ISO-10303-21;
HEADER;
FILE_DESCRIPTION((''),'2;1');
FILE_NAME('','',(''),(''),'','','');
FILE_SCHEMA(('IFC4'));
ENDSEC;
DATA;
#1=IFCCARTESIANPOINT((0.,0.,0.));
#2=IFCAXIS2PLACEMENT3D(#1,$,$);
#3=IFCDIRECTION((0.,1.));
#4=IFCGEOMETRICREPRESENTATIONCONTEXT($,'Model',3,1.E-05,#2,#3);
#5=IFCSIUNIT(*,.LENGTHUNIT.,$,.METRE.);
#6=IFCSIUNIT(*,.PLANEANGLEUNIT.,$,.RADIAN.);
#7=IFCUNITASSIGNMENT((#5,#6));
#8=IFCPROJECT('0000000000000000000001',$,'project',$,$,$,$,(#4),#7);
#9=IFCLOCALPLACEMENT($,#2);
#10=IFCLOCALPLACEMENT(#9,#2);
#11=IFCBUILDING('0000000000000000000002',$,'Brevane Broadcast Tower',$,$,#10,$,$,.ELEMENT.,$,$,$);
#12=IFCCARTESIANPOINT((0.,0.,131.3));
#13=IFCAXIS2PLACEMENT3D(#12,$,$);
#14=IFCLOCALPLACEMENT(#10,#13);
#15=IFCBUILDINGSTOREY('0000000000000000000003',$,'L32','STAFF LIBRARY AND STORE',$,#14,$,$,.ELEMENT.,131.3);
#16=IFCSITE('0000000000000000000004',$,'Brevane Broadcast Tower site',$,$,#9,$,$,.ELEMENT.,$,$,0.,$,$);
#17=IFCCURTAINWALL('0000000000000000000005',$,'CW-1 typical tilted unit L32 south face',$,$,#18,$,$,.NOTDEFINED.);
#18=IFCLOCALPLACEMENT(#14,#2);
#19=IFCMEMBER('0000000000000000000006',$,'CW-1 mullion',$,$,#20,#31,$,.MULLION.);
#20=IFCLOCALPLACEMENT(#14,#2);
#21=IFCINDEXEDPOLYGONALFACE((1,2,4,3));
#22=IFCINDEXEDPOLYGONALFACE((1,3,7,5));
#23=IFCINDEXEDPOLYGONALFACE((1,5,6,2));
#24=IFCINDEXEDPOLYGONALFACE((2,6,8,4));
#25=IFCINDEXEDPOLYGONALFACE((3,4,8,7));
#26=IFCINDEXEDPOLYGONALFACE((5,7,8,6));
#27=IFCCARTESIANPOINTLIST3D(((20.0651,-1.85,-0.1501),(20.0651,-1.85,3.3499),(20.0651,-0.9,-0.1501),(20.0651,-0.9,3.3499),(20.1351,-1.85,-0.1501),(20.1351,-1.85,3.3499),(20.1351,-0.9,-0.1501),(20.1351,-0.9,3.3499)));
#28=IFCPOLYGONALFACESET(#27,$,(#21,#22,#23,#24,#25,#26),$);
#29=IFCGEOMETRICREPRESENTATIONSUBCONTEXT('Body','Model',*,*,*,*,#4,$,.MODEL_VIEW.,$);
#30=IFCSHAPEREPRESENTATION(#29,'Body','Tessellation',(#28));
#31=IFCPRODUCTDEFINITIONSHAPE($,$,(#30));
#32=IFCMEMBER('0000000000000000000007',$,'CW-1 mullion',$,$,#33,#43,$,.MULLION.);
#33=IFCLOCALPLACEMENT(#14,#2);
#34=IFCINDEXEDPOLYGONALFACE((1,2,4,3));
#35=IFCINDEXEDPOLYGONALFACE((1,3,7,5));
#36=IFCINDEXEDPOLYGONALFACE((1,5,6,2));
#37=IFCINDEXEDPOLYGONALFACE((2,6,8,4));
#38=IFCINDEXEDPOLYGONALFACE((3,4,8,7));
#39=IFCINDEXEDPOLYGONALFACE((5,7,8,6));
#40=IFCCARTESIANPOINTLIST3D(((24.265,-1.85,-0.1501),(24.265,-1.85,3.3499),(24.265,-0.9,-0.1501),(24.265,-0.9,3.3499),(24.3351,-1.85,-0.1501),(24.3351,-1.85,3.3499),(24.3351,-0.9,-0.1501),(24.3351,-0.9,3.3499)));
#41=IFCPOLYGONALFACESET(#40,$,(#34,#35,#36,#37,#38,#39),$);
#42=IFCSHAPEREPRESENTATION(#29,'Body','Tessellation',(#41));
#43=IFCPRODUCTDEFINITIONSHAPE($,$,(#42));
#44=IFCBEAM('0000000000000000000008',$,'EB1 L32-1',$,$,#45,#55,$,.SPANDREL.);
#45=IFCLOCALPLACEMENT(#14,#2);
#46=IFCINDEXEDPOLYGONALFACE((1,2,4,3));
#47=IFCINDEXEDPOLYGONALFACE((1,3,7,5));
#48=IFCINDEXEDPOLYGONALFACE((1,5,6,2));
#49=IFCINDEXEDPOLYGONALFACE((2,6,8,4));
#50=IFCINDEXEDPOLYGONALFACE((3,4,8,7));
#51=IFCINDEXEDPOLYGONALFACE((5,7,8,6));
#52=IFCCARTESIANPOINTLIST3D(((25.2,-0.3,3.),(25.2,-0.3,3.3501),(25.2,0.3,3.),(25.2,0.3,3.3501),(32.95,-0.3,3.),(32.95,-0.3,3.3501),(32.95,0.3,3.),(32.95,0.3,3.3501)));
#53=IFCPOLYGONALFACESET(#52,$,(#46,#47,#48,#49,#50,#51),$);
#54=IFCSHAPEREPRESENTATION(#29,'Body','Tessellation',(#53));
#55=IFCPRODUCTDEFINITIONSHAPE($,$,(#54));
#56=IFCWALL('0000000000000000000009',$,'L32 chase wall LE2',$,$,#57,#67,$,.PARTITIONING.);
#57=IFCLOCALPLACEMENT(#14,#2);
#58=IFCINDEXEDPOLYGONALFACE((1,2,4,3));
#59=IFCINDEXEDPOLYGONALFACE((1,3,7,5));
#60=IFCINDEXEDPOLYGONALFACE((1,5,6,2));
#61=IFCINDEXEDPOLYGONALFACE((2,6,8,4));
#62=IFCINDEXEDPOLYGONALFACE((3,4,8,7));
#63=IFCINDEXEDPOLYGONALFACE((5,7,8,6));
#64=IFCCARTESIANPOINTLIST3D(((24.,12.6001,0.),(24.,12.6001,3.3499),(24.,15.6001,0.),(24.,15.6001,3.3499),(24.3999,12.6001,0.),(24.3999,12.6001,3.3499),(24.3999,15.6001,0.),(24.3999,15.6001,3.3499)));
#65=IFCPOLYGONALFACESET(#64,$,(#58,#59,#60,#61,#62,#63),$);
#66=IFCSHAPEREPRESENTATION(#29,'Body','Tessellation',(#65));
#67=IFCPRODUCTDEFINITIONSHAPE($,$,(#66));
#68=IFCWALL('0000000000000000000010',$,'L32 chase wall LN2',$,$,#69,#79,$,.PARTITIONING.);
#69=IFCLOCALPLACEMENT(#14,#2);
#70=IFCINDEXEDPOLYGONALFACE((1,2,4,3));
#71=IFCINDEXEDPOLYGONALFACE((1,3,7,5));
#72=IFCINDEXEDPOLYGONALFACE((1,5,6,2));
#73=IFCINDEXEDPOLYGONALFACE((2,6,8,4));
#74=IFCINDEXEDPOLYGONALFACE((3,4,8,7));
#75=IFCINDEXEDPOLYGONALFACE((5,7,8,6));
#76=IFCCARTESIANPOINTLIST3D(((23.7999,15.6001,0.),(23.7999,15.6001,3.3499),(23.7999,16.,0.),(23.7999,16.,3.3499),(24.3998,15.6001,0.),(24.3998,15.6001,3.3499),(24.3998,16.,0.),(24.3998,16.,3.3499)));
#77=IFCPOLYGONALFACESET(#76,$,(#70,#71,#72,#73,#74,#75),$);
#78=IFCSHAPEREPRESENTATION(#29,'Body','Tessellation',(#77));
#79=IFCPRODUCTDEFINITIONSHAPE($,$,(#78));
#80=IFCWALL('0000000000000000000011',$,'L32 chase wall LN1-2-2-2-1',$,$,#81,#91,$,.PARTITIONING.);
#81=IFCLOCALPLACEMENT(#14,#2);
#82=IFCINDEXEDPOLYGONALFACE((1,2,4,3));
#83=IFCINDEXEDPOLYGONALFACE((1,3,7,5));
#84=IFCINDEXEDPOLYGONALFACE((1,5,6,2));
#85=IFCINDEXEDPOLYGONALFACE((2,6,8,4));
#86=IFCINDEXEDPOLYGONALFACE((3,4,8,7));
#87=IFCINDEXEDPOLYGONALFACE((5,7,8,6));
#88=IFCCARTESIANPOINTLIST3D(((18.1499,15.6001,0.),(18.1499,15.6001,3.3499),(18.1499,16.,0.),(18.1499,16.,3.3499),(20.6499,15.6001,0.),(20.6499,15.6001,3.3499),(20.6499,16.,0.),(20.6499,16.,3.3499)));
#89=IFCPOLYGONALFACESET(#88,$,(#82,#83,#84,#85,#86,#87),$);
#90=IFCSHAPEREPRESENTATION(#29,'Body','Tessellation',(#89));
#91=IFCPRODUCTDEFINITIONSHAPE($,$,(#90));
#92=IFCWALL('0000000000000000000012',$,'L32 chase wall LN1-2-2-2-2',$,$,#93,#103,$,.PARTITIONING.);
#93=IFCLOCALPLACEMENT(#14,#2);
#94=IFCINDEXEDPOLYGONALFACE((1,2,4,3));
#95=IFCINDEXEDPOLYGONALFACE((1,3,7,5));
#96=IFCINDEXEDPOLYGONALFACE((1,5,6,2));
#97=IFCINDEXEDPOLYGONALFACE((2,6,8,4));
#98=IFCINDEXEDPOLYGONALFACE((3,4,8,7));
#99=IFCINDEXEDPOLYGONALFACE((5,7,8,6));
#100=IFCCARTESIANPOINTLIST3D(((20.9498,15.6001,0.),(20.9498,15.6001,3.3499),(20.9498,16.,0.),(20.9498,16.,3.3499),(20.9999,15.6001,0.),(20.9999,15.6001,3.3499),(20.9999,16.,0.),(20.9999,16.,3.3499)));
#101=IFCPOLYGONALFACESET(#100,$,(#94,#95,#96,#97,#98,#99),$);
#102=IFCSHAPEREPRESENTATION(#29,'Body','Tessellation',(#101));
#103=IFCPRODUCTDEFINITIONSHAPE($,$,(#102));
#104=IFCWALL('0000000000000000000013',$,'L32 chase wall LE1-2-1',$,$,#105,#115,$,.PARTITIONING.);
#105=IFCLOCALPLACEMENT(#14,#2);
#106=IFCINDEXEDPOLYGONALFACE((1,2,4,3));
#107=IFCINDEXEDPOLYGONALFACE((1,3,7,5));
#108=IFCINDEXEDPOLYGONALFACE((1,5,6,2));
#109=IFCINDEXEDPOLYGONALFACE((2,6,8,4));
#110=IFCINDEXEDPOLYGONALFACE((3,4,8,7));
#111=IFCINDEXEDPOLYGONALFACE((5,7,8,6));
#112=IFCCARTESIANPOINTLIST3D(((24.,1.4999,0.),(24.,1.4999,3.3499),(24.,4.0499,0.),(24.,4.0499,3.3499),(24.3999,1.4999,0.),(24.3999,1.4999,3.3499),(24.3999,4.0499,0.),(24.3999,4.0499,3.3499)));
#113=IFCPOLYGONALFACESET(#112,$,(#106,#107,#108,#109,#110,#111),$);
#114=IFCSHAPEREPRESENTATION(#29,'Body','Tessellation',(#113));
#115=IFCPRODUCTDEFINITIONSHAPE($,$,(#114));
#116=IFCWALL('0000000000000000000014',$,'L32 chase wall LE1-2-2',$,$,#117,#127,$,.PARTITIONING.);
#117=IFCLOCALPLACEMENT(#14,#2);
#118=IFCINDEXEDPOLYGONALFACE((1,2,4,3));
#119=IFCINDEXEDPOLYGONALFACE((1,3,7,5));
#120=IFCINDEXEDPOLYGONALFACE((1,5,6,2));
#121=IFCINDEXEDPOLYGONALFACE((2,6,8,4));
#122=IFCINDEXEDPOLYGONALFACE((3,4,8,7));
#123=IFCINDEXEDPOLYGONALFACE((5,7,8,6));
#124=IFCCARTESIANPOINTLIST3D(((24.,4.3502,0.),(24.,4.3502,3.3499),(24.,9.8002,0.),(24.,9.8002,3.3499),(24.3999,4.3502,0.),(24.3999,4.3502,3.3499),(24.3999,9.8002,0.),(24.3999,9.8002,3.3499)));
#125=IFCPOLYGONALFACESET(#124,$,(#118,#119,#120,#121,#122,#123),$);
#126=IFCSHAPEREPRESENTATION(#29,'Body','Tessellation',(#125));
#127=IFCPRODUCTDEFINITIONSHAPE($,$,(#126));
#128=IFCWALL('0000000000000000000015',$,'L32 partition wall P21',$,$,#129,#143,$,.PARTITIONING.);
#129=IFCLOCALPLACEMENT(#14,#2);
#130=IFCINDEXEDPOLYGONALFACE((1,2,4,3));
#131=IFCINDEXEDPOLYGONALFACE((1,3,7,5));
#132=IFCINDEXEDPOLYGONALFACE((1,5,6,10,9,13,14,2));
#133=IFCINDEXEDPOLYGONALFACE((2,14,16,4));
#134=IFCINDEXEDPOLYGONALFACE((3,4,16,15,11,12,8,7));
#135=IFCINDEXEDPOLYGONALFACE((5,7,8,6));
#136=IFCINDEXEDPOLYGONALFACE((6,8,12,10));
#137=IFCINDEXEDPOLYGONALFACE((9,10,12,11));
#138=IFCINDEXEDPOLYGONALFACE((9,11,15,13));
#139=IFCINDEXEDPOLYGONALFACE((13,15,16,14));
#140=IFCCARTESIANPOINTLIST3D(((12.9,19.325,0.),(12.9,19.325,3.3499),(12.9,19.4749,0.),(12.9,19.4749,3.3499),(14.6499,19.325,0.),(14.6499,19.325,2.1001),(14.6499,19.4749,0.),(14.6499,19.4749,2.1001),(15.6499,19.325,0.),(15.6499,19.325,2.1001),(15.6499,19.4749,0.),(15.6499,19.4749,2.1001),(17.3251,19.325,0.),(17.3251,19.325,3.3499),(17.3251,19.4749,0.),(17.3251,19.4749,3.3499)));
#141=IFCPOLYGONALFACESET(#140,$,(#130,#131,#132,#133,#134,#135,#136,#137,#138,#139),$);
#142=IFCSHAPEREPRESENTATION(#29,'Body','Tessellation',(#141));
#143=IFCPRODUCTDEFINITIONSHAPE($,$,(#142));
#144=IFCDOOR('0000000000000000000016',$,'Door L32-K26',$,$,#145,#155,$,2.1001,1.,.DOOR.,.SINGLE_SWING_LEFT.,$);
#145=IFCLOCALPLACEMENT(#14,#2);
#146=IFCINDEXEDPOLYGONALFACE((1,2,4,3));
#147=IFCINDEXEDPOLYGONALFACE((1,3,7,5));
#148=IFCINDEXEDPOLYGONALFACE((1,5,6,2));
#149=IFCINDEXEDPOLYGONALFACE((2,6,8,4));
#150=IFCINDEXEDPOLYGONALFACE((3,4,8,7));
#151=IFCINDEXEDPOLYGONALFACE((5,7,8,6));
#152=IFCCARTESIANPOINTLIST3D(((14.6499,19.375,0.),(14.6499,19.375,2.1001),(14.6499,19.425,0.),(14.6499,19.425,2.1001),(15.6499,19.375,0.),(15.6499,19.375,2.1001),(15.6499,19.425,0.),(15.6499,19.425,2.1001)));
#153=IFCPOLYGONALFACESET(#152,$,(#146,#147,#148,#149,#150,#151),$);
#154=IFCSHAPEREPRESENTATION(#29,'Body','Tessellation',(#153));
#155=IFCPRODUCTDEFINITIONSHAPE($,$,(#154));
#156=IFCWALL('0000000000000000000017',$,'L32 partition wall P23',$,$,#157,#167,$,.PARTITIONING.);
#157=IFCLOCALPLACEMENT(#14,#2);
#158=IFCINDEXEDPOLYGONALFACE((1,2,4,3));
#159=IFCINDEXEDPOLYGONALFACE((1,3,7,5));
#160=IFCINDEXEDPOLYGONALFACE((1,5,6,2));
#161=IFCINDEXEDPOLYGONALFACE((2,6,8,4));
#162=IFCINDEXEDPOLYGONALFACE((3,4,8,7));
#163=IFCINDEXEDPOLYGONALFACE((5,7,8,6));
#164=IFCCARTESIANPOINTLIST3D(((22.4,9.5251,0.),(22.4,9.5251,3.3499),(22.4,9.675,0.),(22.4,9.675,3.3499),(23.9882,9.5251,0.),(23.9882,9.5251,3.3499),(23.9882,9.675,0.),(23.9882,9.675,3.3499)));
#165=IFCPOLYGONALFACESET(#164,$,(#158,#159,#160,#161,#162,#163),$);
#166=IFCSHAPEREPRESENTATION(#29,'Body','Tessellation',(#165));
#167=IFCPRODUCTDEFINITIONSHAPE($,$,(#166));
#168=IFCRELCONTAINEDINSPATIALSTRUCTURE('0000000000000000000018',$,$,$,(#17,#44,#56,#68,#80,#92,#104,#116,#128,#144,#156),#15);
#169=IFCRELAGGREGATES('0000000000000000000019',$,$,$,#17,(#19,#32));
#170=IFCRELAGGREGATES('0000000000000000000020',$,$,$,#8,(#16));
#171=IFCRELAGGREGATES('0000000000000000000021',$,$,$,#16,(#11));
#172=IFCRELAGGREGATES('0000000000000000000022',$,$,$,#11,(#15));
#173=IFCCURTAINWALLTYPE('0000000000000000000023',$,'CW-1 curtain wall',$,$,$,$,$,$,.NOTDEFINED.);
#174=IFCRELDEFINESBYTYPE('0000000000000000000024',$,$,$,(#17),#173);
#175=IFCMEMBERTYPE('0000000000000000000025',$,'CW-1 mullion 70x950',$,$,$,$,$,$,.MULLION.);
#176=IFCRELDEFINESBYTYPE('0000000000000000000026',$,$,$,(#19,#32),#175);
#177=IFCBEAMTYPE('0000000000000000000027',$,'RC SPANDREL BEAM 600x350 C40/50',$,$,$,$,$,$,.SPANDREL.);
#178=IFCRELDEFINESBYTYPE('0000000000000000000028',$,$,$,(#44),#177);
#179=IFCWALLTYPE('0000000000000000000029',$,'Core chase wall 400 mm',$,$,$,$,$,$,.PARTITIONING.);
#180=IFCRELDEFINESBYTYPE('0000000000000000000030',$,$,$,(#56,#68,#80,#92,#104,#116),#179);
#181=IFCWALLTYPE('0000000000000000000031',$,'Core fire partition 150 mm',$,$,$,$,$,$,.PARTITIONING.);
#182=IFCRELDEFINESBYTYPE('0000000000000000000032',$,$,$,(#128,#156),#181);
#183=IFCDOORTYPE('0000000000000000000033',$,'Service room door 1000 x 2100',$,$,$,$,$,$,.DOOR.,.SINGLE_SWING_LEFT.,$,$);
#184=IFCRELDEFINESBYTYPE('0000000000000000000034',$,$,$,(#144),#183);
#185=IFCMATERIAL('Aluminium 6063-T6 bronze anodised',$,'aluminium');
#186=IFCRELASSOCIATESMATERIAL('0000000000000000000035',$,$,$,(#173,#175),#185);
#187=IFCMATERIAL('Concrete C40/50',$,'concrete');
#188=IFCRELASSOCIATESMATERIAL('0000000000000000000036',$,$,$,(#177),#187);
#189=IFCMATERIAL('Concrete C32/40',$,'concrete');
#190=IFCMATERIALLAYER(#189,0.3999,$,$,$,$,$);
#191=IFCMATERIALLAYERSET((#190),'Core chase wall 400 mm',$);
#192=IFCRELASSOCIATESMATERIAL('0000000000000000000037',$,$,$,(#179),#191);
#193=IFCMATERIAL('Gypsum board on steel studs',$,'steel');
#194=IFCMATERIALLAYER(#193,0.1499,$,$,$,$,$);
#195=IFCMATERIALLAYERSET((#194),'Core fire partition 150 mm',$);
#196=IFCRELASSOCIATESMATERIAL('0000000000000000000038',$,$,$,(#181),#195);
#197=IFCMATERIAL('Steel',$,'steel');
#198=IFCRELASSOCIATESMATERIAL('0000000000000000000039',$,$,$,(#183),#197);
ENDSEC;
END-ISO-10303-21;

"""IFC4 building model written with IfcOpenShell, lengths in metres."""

from ifc_helpers import new_model, si_unit, direction, frame, frame_2d, origin, origin_2d, place, context, subcontext, project, spatial, rectangle, extrude, material, layer, layer_set, material_profile, profile_set, type_object, element, fill, aggregate, save


model = new_model("IFC4")

# Units and contexts
model_context = context("Model", 3, precision=1e-05, world=origin(), true_north=direction((0.0, 1.0)))
body_context = subcontext(model_context, "Body", "Model", "MODEL_VIEW")
ifc_project = project(units=[si_unit("LENGTHUNIT", "METRE"), si_unit("PLANEANGLEUNIT", "RADIAN")], contexts=[model_context])

# Site, building, storey
site_placement = place(None, origin())
site = spatial("IfcSite", under=ifc_project, at=site_placement, Name="Brevane Broadcast Tower site", CompositionType="ELEMENT", RefElevation=0.0)
building_placement = place(site_placement, origin())
building = spatial("IfcBuilding", under=site, at=building_placement, Name="Brevane Broadcast Tower", CompositionType="ELEMENT")
storey_placement = place(building_placement, frame((0.0, 0.0, 131.3)))
storey = spatial("IfcBuildingStorey", under=building, at=storey_placement, Name="L32", Description="STAFF LIBRARY AND STORE", CompositionType="ELEMENT", Elevation=131.3)

# Curtain wall, members
ifc_material_1 = material(Name="Aluminium 6063-T6 bronze anodised", Category="aluminium")
curtain_wall_type = type_object("IfcCurtainWallType", Name="CW-1 curtain wall", PredefinedType="NOTDEFINED", material=ifc_material_1)
curtain_wall_placement = place(storey_placement, origin())
curtain_wall = element("IfcCurtainWall", 1, at=curtain_wall_placement, inside=storey, type_object=curtain_wall_type, Name="CW-1 typical tilted unit L32 south face", PredefinedType="NOTDEFINED")
ifc_material_profile_1 = material_profile(ifc_material_1, rectangle(XDim=0.95, YDim=0.0701, at=origin_2d()), Name="RECT 70x950")
ifc_profile_set_1 = profile_set([ifc_material_profile_1], Name="Aluminium 6063-T6 bronze anodised")
member_type = type_object("IfcMemberType", Name="CW-1 mullion 70x950", PredefinedType="MULLION", material=ifc_profile_set_1)
member_1_placement = place(storey_placement, frame((20.1001, -1.375, -0.1501), z_axis=(0.0, 0.0, 1.0), x_axis=(0.0, 1.0, 0.0)))
member_1 = element("IfcMember", 2, at=member_1_placement, type_object=member_type, Name="CW-1 mullion", PredefinedType="MULLION", context=body_context, shape_type="SweptSolid", body=[
    extrude(rectangle(XDim=0.95, YDim=0.0701, at=origin_2d()), origin(), (0.0, 0.0, 1.0), 3.5),
])
member_2_placement = place(storey_placement, frame((24.3, -1.375, -0.1501), z_axis=(0.0, 0.0, 1.0), x_axis=(0.0, 1.0, 0.0)))
member_2 = element("IfcMember", 3, at=member_2_placement, type_object=member_type, Name="CW-1 mullion", PredefinedType="MULLION", context=body_context, shape_type="SweptSolid", body=[
    extrude(rectangle(XDim=0.95, YDim=0.0701, at=origin_2d()), origin(), (0.0, 0.0, 1.0), 3.5),
])
aggregate(curtain_wall, [member_1, member_2])

# Beam
ifc_material_2 = material(Name="Concrete C40/50", Category="concrete")
ifc_material_profile_2 = material_profile(ifc_material_2, rectangle(XDim=0.6001, YDim=0.3501, at=origin_2d()), Name="RC 600x350")
ifc_profile_set_2 = profile_set([ifc_material_profile_2], Name="Concrete C40/50")
beam_type = type_object("IfcBeamType", Name="RC SPANDREL BEAM 600x350 C40/50", PredefinedType="SPANDREL", material=ifc_profile_set_2)
beam_placement = place(storey_placement, frame((25.2, 0.0, 3.175), z_axis=(1.0, 0.0, 0.0), x_axis=(0.0, 1.0, 0.0)))
element("IfcBeam", 4, at=beam_placement, inside=storey, type_object=beam_type, Name="EB1 L32-1", PredefinedType="SPANDREL", context=body_context, shape_type="SweptSolid", body=[
    extrude(rectangle(XDim=0.6001, YDim=0.3501, at=origin_2d()), origin(), (0.0, 0.0, 1.0), 7.75),
])

# Walls
ifc_material_3 = material(Name="Concrete C32/40", Category="concrete")
ifc_layer_1 = layer(ifc_material_3, 0.3999)
ifc_layer_set_1 = layer_set([ifc_layer_1], Name="Core chase wall 400 mm")
wall_type_1 = type_object("IfcWallType", Name="Core chase wall 400 mm", PredefinedType="PARTITIONING", material=ifc_layer_set_1)
wall_1_placement = place(storey_placement, frame((24.2, 12.6001, 0.0), z_axis=(0.0, 0.0, 1.0), x_axis=(0.0, 1.0, 0.0)))
element("IfcWall", 5, at=wall_1_placement, inside=storey, type_object=wall_type_1, Name="L32 chase wall LE2", PredefinedType="PARTITIONING", context=body_context, shape_type="SweptSolid", body=[
    extrude(rectangle(XDim=3.0, YDim=0.3999, at=frame_2d((1.5, 0.0))), origin(), (0.0, 0.0, 1.0), 3.3499),
])
wall_2_placement = place(storey_placement, frame((23.8, 15.8, 0.0), z_axis=(0.0, 0.0, 1.0), x_axis=(1.0, 0.0, 0.0)))
element("IfcWall", 6, at=wall_2_placement, inside=storey, type_object=wall_type_1, Name="L32 chase wall LN2", PredefinedType="PARTITIONING", context=body_context, shape_type="SweptSolid", body=[
    extrude(rectangle(XDim=0.5999, YDim=0.3999, at=frame_2d((0.2998, 0.0))), origin(), (0.0, 0.0, 1.0), 3.3499),
])
wall_3_placement = place(storey_placement, frame((18.1499, 15.8, 0.0), z_axis=(0.0, 0.0, 1.0), x_axis=(1.0, 0.0, 0.0)))
element("IfcWall", 7, at=wall_3_placement, inside=storey, type_object=wall_type_1, Name="L32 chase wall LN1-2-2-2-1", PredefinedType="PARTITIONING", context=body_context, shape_type="SweptSolid", body=[
    extrude(rectangle(XDim=2.5, YDim=0.3999, at=frame_2d((1.25, 0.0))), origin(), (0.0, 0.0, 1.0), 3.3499),
])
wall_4_placement = place(storey_placement, frame((20.95, 15.8, 0.0), z_axis=(0.0, 0.0, 1.0), x_axis=(1.0, 0.0, 0.0)))
element("IfcWall", 8, at=wall_4_placement, inside=storey, type_object=wall_type_1, Name="L32 chase wall LN1-2-2-2-2", PredefinedType="PARTITIONING", context=body_context, shape_type="SweptSolid", body=[
    extrude(rectangle(XDim=0.05, YDim=0.3999, at=frame_2d((0.0249, 0.0))), origin(), (0.0, 0.0, 1.0), 3.3499),
])
wall_5_placement = place(storey_placement, frame((24.2, 1.5, 0.0), z_axis=(0.0, 0.0, 1.0), x_axis=(0.0, 1.0, 0.0)))
element("IfcWall", 9, at=wall_5_placement, inside=storey, type_object=wall_type_1, Name="L32 chase wall LE1-2-1", PredefinedType="PARTITIONING", context=body_context, shape_type="SweptSolid", body=[
    extrude(rectangle(XDim=2.55, YDim=0.3999, at=frame_2d((1.2749, 0.0))), origin(), (0.0, 0.0, 1.0), 3.3499),
])
wall_6_placement = place(storey_placement, frame((24.2, 4.3501, 0.0), z_axis=(0.0, 0.0, 1.0), x_axis=(0.0, 1.0, 0.0)))
element("IfcWall", 10, at=wall_6_placement, inside=storey, type_object=wall_type_1, Name="L32 chase wall LE1-2-2", PredefinedType="PARTITIONING", context=body_context, shape_type="SweptSolid", body=[
    extrude(rectangle(XDim=5.45, YDim=0.3999, at=frame_2d((2.7251, 0.0))), origin(), (0.0, 0.0, 1.0), 3.3499),
])

# Wall, opening, door
ifc_material_4 = material(Name="Gypsum board on steel studs", Category="steel")
ifc_layer_2 = layer(ifc_material_4, 0.1499)
ifc_layer_set_2 = layer_set([ifc_layer_2], Name="Core fire partition 150 mm")
wall_type_2 = type_object("IfcWallType", Name="Core fire partition 150 mm", PredefinedType="PARTITIONING", material=ifc_layer_set_2)
wall_7_placement = place(storey_placement, frame((17.325, 19.3999, 0.0), z_axis=(0.0, 0.0, 1.0), x_axis=(-1.0, 0.0, 0.0)))
wall_7 = element("IfcWall", 11, at=wall_7_placement, inside=storey, type_object=wall_type_2, Name="L32 partition wall P21", PredefinedType="PARTITIONING", context=body_context, shape_type="SweptSolid", body=[
    extrude(rectangle(XDim=4.425, YDim=0.1499, at=frame_2d((2.2124, 0.0))), origin(), (0.0, 0.0, 1.0), 3.3499),
])
opening_1_placement = place(wall_7_placement, frame((1.675, 0.0, 0.0)))
opening_1 = element("IfcOpeningElement", 12, at=opening_1_placement, cuts=wall_7, PredefinedType="OPENING", context=body_context, shape_type="SweptSolid", body=[
    extrude(rectangle(XDim=1.0, YDim=2.1001, at=frame_2d((0.5, 1.05))), frame((0.0, 0.085, 0.0), z_axis=(0.0, -1.0, 0.0), x_axis=(1.0, 0.0, 0.0)), (0.0, 0.0, 1.0), 0.1699),
])
ifc_material_5 = material(Name="Steel", Category="steel")
door_type_1 = type_object("IfcDoorType", Name="Service room door 1000 x 2100", OperationType="SINGLE_SWING_LEFT", PredefinedType="DOOR", material=ifc_material_5)
door_1_placement = place(opening_1_placement, origin())
door_1 = element("IfcDoor", 13, at=door_1_placement, inside=storey, type_object=door_type_1, Name="Door L32-K26", OperationType="SINGLE_SWING_LEFT", OverallHeight=2.1001, OverallWidth=1.0, PredefinedType="DOOR", context=body_context, shape_type="SweptSolid", body=[
    extrude(rectangle(XDim=1.0, YDim=2.1001, at=frame_2d((0.5, 1.05))), frame((0.0, 0.0249, 0.0), z_axis=(0.0, -1.0, 0.0), x_axis=(1.0, 0.0, 0.0)), (0.0, 0.0, 1.0), 0.05),
])
fill(opening_1, door_1)

# Wall
wall_8_placement = place(storey_placement, frame((23.988, 9.6001, 0.0), z_axis=(0.0, 0.0, 1.0), x_axis=(-1.0, 0.0, 0.0)))
element("IfcWall", 14, at=wall_8_placement, inside=storey, type_object=wall_type_2, Name="L32 partition wall P23", PredefinedType="PARTITIONING", context=body_context, shape_type="SweptSolid", body=[
    extrude(rectangle(XDim=1.5881, YDim=0.1499, at=frame_2d((0.7939, 0.0))), origin(), (0.0, 0.0, 1.0), 3.3499),
])

save(model, "model.ifc")
